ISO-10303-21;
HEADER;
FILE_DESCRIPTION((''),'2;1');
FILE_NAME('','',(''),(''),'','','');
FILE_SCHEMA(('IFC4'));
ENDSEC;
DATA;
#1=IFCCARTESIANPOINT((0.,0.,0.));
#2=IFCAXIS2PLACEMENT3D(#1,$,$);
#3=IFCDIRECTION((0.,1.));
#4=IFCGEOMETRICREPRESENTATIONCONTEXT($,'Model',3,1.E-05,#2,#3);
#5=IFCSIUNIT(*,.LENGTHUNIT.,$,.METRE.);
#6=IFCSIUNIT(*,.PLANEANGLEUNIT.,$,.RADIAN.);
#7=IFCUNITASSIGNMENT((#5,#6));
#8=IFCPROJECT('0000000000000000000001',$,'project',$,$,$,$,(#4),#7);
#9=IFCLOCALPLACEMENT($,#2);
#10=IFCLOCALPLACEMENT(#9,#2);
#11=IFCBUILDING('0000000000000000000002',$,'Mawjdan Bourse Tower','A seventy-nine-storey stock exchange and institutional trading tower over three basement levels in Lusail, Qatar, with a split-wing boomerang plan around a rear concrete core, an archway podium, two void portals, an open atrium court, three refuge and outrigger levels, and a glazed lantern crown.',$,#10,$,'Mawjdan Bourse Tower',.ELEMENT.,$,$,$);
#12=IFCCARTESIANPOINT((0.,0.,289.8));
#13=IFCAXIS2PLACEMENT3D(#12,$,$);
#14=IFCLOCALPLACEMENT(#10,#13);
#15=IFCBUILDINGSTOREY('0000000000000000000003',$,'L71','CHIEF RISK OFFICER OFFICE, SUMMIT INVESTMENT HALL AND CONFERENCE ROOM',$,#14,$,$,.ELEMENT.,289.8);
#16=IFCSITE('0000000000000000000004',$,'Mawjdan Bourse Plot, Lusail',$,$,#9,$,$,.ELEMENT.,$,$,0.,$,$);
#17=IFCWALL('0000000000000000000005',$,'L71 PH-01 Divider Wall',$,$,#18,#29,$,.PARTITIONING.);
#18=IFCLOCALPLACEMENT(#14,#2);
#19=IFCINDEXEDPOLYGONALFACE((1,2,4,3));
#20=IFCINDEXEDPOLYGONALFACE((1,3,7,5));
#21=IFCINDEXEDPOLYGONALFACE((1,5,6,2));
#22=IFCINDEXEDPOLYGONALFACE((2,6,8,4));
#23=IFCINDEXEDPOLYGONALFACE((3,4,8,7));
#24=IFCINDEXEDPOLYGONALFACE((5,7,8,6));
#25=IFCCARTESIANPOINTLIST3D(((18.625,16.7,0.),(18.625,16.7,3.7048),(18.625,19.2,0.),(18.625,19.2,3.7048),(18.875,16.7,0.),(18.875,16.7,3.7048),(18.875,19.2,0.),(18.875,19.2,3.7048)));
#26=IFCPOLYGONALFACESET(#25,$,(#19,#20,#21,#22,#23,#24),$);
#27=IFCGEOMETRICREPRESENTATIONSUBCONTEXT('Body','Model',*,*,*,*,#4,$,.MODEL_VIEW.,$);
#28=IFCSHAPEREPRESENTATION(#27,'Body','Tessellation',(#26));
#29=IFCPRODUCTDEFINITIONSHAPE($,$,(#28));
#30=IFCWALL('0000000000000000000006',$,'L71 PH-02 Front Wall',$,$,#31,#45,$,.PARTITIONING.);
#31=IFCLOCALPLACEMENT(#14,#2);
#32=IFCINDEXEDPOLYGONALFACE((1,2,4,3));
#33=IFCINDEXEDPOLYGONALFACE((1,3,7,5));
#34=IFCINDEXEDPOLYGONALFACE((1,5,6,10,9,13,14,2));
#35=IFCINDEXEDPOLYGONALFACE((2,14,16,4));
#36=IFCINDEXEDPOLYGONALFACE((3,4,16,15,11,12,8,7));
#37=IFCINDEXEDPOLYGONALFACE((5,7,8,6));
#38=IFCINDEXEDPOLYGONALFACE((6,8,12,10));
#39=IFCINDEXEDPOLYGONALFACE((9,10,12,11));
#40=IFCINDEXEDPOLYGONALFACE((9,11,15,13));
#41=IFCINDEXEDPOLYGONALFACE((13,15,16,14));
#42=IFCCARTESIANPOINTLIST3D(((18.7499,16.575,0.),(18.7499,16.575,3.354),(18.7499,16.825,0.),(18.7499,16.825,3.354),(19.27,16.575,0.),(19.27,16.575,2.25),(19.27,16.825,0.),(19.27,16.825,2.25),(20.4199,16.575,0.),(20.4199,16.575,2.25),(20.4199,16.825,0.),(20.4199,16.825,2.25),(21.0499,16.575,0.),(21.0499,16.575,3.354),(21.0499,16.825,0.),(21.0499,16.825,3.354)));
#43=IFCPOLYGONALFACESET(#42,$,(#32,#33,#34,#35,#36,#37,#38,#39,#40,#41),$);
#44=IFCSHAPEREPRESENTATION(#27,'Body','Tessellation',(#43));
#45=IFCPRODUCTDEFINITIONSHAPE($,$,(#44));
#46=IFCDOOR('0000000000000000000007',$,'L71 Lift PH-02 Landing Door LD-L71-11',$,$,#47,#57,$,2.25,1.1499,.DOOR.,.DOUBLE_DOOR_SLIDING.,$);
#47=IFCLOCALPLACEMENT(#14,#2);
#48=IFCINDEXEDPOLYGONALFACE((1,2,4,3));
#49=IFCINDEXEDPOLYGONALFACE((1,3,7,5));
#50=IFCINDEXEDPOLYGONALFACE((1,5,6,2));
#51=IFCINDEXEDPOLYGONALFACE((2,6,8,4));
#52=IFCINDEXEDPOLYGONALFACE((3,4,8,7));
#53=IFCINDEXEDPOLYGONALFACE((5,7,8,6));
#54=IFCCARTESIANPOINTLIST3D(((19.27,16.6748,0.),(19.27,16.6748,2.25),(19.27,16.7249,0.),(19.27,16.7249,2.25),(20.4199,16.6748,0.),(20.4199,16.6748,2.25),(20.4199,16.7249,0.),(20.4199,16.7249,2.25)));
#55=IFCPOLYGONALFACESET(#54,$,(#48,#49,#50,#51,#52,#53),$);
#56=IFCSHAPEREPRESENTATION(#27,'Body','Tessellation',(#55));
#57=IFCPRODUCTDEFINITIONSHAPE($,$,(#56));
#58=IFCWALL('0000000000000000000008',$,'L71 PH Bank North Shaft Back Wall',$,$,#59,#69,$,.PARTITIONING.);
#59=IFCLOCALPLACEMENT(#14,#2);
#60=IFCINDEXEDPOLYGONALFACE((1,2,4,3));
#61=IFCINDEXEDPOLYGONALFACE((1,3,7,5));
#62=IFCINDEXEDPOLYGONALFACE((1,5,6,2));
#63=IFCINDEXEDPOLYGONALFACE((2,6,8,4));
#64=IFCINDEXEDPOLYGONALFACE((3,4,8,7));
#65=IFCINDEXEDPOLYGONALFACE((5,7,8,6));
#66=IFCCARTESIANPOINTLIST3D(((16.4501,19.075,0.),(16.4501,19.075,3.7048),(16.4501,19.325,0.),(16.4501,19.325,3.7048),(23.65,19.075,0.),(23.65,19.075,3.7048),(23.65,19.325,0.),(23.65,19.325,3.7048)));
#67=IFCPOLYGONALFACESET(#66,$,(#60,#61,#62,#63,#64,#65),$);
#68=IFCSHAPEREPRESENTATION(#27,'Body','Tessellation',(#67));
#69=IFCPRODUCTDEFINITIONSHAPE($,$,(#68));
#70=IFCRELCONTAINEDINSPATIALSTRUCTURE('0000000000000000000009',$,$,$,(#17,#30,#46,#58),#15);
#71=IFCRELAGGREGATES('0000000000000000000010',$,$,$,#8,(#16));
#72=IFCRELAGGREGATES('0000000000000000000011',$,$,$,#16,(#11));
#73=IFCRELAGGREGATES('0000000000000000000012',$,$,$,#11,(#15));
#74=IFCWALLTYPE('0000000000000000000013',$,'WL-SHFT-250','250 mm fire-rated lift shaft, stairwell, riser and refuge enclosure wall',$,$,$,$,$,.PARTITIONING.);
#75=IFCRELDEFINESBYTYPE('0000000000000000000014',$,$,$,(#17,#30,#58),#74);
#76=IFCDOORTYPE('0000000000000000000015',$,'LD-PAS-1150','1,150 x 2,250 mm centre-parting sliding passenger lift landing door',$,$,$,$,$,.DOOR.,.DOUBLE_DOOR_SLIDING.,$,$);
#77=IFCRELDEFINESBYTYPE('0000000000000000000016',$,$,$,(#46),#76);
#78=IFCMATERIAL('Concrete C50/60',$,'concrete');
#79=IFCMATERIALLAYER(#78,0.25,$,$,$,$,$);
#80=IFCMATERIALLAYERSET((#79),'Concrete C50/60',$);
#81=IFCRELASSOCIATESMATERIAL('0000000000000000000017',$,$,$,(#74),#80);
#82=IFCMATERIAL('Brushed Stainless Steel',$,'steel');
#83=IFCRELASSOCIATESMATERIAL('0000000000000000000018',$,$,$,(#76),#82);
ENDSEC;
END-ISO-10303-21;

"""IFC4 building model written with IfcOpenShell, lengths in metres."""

from ifc_helpers import new_model, si_unit, direction, frame, frame_2d, origin, place, context, subcontext, project, spatial, rectangle, extrude, material, layer, layer_set, type_object, element, fill, save


model = new_model("IFC4")

# Units and contexts
model_context = context("Model", 3, precision=1e-05, world=origin(), true_north=direction((0.0, 1.0)))
body_context = subcontext(model_context, "Body", "Model", "MODEL_VIEW")
ifc_project = project(units=[si_unit("LENGTHUNIT", "METRE"), si_unit("PLANEANGLEUNIT", "RADIAN")], contexts=[model_context])

# Site, building, storey
site_placement = place(None, origin())
site = spatial("IfcSite", under=ifc_project, at=site_placement, Name="Mawjdan Bourse Plot, Lusail", CompositionType="ELEMENT", RefElevation=0.0)
building_placement = place(site_placement, origin())
building = spatial("IfcBuilding", under=site, at=building_placement, Name="Mawjdan Bourse Tower", Description="A seventy-nine-storey stock exchange and institutional trading tower over three basement levels in Lusail, Qatar, with a split-wing boomerang plan around a rear concrete core, an archway podium, two void portals, an open atrium court, three refuge and outrigger levels, and a glazed lantern crown.", LongName="Mawjdan Bourse Tower", CompositionType="ELEMENT")
storey_placement = place(building_placement, frame((0.0, 0.0, 289.8)))
storey = spatial("IfcBuildingStorey", under=building, at=storey_placement, Name="L71", Description="CHIEF RISK OFFICER OFFICE, SUMMIT INVESTMENT HALL AND CONFERENCE ROOM", CompositionType="ELEMENT", Elevation=289.8)

# Shared definitions
ifc_material_1 = material(Name="Concrete C50/60", Category="concrete")
ifc_layer_1 = layer(ifc_material_1, 0.25)
ifc_layer_set_1 = layer_set([ifc_layer_1], Name="Concrete C50/60")
wall_type_1 = type_object("IfcWallType", Name="WL-SHFT-250", Description="250 mm fire-rated lift shaft, stairwell, riser and refuge enclosure wall", PredefinedType="PARTITIONING", material=ifc_layer_set_1)

# Shared definitions
ifc_material_2 = material(Name="Brushed Stainless Steel", Category="steel")
door_type_1 = type_object("IfcDoorType", Name="LD-PAS-1150", Description="1,150 x 2,250 mm centre-parting sliding passenger lift landing door", OperationType="DOUBLE_DOOR_SLIDING", PredefinedType="DOOR", material=ifc_material_2)

# Wall
wall_1_placement = place(storey_placement, frame((18.75, 16.7, 0.0), z_axis=(0.0, 0.0, 1.0), x_axis=(0.0, 1.0, 0.0)))
element("IfcWall", 1, at=wall_1_placement, inside=storey, type_object=wall_type_1, Name="L71 PH-01 Divider Wall", PredefinedType="PARTITIONING", context=body_context, shape_type="SweptSolid", body=[
    extrude(rectangle(XDim=2.5, YDim=0.25, at=frame_2d((1.25, 0.0))), origin(), (0.0, 0.0, 1.0), 3.7048),
])

# Wall, opening, door
wall_2_placement = place(storey_placement, frame((18.75, 16.7, 0.0), z_axis=(0.0, 0.0, 1.0), x_axis=(1.0, 0.0, 0.0)))
wall_2 = element("IfcWall", 2, at=wall_2_placement, inside=storey, type_object=wall_type_1, Name="L71 PH-02 Front Wall", PredefinedType="PARTITIONING", context=body_context, shape_type="SweptSolid", body=[
    extrude(rectangle(XDim=2.3, YDim=0.25, at=frame_2d((1.1499, 0.0))), origin(), (0.0, 0.0, 1.0), 3.354),
])
opening_1_placement = place(wall_2_placement, frame((0.52, 0.0, 0.0)))
opening_1 = element("IfcOpeningElement", 3, at=opening_1_placement, cuts=wall_2, PredefinedType="OPENING", context=body_context, shape_type="SweptSolid", body=[
    extrude(rectangle(XDim=1.1499, YDim=2.25, at=frame_2d((0.575, 1.125))), frame((0.0, 0.135, 0.0), z_axis=(0.0, -1.0, 0.0), x_axis=(1.0, 0.0, 0.0)), (0.0, 0.0, 1.0), 0.27),
])
door_1_placement = place(opening_1_placement, origin())
door_1 = element("IfcDoor", 4, at=door_1_placement, inside=storey, type_object=door_type_1, Name="L71 Lift PH-02 Landing Door LD-L71-11", OperationType="DOUBLE_DOOR_SLIDING", OverallHeight=2.25, OverallWidth=1.1499, PredefinedType="DOOR", context=body_context, shape_type="SweptSolid", body=[
    extrude(rectangle(XDim=1.1499, YDim=2.25, at=frame_2d((0.575, 1.125))), frame((0.0, 0.0249, 0.0), z_axis=(0.0, -1.0, 0.0), x_axis=(1.0, 0.0, 0.0)), (0.0, 0.0, 1.0), 0.05),
])
fill(opening_1, door_1)

# Wall
wall_3_placement = place(storey_placement, frame((16.45, 19.2, 0.0), z_axis=(0.0, 0.0, 1.0), x_axis=(1.0, 0.0, 0.0)))
element("IfcWall", 5, at=wall_3_placement, inside=storey, type_object=wall_type_1, Name="L71 PH Bank North Shaft Back Wall", PredefinedType="PARTITIONING", context=body_context, shape_type="SweptSolid", body=[
    extrude(rectangle(XDim=7.2, YDim=0.25, at=frame_2d((3.6001, 0.0))), origin(), (0.0, 0.0, 1.0), 3.7048),
])

save(model, "model.ifc")
